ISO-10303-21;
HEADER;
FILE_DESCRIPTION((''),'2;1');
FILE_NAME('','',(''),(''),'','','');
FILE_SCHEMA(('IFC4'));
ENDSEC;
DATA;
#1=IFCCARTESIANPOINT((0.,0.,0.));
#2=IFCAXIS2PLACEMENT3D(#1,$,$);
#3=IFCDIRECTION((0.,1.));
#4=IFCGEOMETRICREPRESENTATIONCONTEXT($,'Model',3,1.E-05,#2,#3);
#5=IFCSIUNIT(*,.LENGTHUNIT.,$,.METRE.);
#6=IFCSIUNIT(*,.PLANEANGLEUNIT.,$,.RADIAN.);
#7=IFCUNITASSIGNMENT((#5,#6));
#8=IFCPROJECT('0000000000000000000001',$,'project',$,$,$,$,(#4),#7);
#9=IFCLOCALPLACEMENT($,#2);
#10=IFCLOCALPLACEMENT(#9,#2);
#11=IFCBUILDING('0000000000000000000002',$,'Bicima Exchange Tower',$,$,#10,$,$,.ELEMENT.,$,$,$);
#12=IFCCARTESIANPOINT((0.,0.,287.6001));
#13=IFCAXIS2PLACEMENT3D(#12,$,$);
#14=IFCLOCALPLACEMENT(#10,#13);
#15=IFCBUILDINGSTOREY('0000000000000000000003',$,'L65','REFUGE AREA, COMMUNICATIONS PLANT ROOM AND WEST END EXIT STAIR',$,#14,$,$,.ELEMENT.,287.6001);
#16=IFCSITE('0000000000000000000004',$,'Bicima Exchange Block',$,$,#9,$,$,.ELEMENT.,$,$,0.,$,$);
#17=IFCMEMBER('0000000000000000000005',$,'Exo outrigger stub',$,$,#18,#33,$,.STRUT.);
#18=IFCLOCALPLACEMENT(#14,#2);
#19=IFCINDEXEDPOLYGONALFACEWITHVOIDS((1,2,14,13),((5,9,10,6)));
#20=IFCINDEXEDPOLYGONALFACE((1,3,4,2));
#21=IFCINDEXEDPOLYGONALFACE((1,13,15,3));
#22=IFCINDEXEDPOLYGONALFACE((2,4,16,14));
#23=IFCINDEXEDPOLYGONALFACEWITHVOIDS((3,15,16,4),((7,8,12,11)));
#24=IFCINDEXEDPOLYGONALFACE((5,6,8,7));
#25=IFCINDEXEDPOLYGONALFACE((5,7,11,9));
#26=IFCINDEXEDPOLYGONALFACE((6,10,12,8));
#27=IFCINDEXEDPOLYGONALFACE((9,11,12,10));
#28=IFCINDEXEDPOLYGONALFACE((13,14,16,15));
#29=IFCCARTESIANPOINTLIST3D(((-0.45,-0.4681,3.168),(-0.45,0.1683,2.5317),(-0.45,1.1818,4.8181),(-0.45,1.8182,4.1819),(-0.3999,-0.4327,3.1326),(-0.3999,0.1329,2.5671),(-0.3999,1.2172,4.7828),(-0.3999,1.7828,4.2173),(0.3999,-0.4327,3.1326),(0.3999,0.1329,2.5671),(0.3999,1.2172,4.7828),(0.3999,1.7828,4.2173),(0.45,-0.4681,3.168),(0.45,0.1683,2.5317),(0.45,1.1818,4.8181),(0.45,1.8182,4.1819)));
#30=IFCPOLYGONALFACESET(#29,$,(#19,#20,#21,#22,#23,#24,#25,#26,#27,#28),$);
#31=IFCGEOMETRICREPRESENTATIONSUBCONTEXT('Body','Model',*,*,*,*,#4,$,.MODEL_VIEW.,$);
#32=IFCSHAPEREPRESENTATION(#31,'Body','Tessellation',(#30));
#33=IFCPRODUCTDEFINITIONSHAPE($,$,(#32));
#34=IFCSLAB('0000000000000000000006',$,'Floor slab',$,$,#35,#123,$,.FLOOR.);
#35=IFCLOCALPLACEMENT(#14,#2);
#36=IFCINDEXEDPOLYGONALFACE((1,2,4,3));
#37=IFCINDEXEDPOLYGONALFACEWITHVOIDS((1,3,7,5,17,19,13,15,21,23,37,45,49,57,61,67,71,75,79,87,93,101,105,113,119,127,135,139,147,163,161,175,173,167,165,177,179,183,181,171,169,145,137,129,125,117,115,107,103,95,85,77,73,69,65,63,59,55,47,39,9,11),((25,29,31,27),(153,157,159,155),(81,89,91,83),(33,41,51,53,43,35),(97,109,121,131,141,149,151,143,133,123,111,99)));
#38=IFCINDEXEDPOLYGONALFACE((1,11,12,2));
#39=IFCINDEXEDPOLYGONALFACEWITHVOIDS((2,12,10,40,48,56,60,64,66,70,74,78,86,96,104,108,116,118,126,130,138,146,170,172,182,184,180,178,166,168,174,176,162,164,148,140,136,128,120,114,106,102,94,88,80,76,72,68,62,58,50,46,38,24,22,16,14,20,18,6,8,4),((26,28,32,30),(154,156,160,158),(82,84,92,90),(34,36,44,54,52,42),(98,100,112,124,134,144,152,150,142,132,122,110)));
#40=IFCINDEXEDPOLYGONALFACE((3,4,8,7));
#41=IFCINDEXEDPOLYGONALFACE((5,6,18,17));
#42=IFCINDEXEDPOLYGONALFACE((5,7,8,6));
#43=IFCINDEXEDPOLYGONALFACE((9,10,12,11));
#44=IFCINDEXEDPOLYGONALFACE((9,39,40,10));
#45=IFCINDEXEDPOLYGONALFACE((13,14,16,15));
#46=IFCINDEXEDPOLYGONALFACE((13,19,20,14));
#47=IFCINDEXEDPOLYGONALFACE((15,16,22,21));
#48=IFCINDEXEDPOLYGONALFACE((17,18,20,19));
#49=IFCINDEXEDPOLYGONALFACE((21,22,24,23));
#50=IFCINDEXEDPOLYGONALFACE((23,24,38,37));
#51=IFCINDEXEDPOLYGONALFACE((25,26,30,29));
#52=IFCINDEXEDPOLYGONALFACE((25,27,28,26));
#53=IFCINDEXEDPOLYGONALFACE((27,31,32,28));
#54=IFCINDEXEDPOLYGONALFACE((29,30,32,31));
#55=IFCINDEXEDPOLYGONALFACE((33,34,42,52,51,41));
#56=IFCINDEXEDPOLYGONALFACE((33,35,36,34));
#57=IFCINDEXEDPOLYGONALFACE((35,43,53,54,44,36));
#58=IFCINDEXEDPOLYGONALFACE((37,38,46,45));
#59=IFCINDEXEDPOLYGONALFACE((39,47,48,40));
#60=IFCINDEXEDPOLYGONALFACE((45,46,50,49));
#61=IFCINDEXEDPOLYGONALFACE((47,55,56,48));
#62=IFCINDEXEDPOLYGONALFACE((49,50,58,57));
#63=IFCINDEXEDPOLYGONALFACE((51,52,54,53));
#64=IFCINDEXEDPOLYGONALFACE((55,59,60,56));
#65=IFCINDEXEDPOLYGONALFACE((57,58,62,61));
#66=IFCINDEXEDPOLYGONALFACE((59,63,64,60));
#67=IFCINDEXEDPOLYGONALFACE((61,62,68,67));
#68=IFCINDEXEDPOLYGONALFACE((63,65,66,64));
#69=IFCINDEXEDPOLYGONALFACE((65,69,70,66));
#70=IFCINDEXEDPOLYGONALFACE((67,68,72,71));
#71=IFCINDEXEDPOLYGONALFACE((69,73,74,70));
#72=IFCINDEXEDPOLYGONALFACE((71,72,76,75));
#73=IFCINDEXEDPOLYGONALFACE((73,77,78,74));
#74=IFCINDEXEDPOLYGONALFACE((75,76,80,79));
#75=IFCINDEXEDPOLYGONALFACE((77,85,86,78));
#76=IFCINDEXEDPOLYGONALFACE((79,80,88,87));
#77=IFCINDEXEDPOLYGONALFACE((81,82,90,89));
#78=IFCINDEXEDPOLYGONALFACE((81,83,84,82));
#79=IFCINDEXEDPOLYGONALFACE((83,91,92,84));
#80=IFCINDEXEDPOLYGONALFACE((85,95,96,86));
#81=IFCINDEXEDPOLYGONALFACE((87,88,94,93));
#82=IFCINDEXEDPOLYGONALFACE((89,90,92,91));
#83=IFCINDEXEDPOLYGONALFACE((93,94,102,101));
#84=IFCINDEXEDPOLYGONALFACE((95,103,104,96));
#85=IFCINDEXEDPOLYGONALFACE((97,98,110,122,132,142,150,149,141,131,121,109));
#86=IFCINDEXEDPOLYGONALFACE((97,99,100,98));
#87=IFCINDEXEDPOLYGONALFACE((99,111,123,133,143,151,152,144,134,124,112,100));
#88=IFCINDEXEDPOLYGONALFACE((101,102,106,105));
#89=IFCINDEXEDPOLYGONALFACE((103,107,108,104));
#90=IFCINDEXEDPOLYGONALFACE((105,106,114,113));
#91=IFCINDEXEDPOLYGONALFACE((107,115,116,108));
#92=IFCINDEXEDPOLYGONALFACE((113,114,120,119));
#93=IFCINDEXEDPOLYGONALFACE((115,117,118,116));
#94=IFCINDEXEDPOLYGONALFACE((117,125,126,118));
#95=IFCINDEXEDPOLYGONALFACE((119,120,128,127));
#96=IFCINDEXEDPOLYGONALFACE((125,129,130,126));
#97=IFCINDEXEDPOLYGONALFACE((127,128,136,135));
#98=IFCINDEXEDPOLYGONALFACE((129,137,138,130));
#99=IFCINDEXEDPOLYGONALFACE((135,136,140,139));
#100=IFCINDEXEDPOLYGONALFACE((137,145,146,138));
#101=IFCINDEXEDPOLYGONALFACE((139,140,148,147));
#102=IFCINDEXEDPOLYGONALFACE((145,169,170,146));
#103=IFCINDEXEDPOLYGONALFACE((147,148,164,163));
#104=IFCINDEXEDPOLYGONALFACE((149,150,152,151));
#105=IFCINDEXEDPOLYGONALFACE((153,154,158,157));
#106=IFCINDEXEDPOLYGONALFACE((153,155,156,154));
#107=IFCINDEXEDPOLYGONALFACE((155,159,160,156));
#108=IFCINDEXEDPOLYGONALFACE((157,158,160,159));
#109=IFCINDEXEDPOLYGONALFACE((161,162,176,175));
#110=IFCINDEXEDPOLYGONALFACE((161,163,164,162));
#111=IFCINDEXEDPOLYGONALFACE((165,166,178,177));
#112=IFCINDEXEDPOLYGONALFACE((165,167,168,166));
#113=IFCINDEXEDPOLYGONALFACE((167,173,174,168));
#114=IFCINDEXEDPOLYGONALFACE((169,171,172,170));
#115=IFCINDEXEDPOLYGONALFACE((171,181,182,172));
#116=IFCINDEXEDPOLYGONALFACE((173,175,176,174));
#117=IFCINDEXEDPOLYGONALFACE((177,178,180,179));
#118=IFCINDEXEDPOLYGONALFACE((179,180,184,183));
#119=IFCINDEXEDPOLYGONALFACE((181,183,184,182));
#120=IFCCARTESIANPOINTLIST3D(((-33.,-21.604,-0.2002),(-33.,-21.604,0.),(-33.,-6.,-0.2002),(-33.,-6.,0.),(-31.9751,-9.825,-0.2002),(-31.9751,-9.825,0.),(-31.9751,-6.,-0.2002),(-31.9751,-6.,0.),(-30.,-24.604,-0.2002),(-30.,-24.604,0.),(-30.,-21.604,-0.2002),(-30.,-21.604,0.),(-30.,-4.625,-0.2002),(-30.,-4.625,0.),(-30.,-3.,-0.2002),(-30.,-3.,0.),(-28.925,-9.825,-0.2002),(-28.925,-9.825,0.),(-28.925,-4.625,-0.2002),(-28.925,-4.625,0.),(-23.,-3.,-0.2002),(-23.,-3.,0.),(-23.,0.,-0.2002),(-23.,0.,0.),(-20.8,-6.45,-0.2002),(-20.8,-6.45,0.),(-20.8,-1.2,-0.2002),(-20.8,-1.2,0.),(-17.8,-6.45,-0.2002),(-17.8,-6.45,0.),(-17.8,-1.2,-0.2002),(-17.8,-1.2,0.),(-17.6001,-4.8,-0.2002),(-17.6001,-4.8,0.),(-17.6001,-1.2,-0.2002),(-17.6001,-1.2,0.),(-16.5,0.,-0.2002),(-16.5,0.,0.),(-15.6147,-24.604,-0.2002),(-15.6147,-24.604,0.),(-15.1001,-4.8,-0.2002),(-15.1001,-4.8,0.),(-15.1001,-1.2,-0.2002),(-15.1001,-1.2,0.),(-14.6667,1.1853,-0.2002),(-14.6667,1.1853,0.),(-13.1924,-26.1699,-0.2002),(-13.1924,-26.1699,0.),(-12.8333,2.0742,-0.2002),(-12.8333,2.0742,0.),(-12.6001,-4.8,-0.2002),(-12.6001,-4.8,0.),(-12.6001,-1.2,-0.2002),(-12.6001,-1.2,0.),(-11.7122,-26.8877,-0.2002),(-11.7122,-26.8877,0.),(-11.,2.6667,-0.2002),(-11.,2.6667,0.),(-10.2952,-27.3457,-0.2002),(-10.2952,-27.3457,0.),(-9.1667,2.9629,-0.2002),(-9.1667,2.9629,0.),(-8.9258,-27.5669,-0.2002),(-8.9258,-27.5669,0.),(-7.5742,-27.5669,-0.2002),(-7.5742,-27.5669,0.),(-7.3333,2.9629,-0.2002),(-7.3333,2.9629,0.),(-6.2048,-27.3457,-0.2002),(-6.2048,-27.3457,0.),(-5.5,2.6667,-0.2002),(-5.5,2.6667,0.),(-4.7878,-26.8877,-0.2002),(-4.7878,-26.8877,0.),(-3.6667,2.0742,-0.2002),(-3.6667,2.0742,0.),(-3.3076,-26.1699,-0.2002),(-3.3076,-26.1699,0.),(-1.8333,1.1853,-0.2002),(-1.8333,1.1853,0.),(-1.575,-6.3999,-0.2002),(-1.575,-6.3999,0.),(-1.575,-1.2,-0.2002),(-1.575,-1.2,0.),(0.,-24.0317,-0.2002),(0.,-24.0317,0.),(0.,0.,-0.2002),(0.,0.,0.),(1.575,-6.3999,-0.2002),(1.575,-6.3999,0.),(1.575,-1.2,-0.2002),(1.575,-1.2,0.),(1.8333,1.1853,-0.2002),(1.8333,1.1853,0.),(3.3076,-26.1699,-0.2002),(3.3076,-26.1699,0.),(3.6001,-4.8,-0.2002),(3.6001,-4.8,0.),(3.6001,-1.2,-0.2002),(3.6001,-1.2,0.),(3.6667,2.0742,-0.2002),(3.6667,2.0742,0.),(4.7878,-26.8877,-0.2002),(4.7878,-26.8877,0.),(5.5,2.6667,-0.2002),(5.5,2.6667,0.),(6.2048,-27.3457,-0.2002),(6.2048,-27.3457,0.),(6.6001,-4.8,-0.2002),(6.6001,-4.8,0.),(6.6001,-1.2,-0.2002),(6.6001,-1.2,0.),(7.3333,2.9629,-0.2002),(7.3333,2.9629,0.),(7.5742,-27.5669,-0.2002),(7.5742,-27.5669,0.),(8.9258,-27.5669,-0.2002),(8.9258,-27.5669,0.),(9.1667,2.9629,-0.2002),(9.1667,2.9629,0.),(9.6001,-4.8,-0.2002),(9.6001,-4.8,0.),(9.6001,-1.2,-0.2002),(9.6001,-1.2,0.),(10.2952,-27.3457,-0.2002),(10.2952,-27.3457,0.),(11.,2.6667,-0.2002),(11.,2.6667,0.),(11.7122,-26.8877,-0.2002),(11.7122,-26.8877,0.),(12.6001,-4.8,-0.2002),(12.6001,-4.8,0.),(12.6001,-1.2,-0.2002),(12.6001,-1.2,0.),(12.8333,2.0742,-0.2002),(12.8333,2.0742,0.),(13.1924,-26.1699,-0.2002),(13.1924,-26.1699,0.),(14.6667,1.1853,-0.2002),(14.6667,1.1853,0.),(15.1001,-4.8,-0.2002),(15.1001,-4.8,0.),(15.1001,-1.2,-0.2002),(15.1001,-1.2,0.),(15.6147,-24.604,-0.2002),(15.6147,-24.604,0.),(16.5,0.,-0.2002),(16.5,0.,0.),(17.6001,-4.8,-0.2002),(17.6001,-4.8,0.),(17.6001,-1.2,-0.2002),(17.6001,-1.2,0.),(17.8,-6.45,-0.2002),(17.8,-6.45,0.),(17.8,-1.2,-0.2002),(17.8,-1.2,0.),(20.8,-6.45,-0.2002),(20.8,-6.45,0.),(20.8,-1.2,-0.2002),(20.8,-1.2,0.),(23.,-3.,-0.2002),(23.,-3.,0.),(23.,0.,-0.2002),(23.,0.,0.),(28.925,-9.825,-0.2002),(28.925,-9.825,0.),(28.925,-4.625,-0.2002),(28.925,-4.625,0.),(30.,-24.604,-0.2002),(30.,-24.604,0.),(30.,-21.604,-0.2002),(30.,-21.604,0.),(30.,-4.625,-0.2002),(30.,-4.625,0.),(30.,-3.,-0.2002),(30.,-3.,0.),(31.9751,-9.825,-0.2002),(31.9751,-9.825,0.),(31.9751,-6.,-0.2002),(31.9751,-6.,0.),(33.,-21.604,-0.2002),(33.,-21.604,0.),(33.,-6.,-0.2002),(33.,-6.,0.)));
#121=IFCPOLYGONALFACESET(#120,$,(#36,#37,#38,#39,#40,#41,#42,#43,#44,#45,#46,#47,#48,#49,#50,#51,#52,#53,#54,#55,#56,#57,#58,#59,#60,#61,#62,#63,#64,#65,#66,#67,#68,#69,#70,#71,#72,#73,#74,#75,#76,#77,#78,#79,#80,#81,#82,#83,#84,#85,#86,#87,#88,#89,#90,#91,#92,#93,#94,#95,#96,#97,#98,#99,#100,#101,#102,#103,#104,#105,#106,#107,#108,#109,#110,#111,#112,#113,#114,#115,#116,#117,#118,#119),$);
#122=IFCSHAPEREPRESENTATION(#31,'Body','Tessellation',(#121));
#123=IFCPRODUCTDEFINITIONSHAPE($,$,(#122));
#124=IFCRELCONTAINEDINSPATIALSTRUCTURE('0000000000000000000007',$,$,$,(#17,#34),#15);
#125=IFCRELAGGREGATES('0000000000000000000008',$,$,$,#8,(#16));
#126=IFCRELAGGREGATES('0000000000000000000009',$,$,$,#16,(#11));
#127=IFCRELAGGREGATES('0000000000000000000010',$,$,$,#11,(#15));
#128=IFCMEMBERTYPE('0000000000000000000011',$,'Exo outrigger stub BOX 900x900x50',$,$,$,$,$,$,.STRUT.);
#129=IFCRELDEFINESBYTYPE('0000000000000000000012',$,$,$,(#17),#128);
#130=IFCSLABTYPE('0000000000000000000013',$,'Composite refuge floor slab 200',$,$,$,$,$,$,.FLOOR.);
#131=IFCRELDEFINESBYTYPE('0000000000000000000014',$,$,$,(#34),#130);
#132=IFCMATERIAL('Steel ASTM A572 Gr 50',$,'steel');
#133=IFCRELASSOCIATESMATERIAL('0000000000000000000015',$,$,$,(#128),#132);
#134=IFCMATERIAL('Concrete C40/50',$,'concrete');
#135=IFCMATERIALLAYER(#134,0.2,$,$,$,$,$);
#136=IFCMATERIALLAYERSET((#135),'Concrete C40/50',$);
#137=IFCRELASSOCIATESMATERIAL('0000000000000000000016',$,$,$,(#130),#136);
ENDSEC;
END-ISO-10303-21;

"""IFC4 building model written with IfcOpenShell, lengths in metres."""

from ifc_helpers import new_model, si_unit, direction, frame, origin, origin_2d, place, context, subcontext, project, spatial, polyline, hollow_rectangle, outline, extrude, material, layer, layer_set, material_profile, profile_set, type_object, element, save


model = new_model("IFC4")

# Units and contexts
model_context = context("Model", 3, precision=1e-05, world=origin(), true_north=direction((0.0, 1.0)))
body_context = subcontext(model_context, "Body", "Model", "MODEL_VIEW")
ifc_project = project(units=[si_unit("LENGTHUNIT", "METRE"), si_unit("PLANEANGLEUNIT", "RADIAN")], contexts=[model_context])

# Site, building, storey
site_placement = place(None, origin())
site = spatial("IfcSite", under=ifc_project, at=site_placement, Name="Bicima Exchange Block", CompositionType="ELEMENT", RefElevation=0.0)
building_placement = place(site_placement, origin())
building = spatial("IfcBuilding", under=site, at=building_placement, Name="Bicima Exchange Tower", CompositionType="ELEMENT")
storey_placement = place(building_placement, frame((0.0, 0.0, 287.6001)))
storey = spatial("IfcBuildingStorey", under=building, at=storey_placement, Name="L65", Description="REFUGE AREA, COMMUNICATIONS PLANT ROOM AND WEST END EXIT STAIR", CompositionType="ELEMENT", Elevation=287.6001)

# Member
ifc_material_1 = material(Name="Steel ASTM A572 Gr 50", Category="steel")
ifc_material_profile = material_profile(ifc_material_1, hollow_rectangle(XDim=0.8999, YDim=0.8999, WallThickness=0.05, at=origin_2d()))
ifc_profile_set = profile_set([ifc_material_profile], Name="Steel ASTM A572 Gr 50")
member_type = type_object("IfcMemberType", Name="Exo outrigger stub BOX 900x900x50", PredefinedType="STRUT", material=ifc_profile_set)
member_placement = place(storey_placement, frame((0.0, -0.1499, 2.8499), z_axis=(0.0, 0.707054, 0.707159), x_axis=(-1.0, 0.0, 0.0)))
element("IfcMember", 1, at=member_placement, inside=storey, type_object=member_type, Name="Exo outrigger stub", PredefinedType="STRUT", context=body_context, shape_type="SweptSolid", body=[
    extrude(hollow_rectangle(XDim=0.8999, YDim=0.8999, WallThickness=0.05, at=origin_2d()), origin(), (0.0, 0.0, 1.0), 2.3335),
])

# Slab
ifc_material_2 = material(Name="Concrete C40/50", Category="concrete")
ifc_layer_1 = layer(ifc_material_2, 0.2)
ifc_layer_set_1 = layer_set([ifc_layer_1], Name="Concrete C40/50")
slab_type_1 = type_object("IfcSlabType", Name="Composite refuge floor slab 200", PredefinedType="FLOOR", material=ifc_layer_set_1)
slab_1_placement = place(storey_placement, frame((0.0, 0.0, -0.2002)))
element("IfcSlab", 2, at=slab_1_placement, inside=storey, type_object=slab_type_1, Name="Floor slab", PredefinedType="FLOOR", context=body_context, shape_type="SweptSolid", body=[
    extrude(outline(polyline([(33.0, -6.0), (33.0, -21.604), (30.0, -21.604), (30.0, -24.604), (15.6147, -24.604), (13.1924, -26.1699), (11.7122, -26.8877), (10.2952, -27.3457), (8.9258, -27.5669), (7.5742, -27.5669), (6.2048, -27.3457), (4.7878, -26.8877), (3.3076, -26.1699), (0.0, -24.0317), (-3.3076, -26.1699), (-4.7878, -26.8877), (-6.2048, -27.3457), (-7.5742, -27.5669), (-8.9258, -27.5669), (-10.2952, -27.3457), (-11.7122, -26.8877), (-13.1924, -26.1699), (-15.6147, -24.604), (-30.0, -24.604), (-30.0, -21.604), (-33.0, -21.604), (-33.0, -6.0), (-31.9751, -6.0), (-31.9751, -9.825), (-28.925, -9.825), (-28.925, -4.625), (-30.0, -4.625), (-30.0, -3.0), (-23.0, -3.0), (-23.0, 0.0), (-16.5, 0.0), (-14.6667, 1.1853), (-12.8333, 2.0742), (-11.0, 2.6667), (-9.1667, 2.9629), (-7.3333, 2.9629), (-5.5, 2.6667), (-3.6667, 2.0742), (-1.8333, 1.1853), (0.0, 0.0), (1.8333, 1.1853), (3.6667, 2.0742), (5.5, 2.6667), (7.3333, 2.9629), (9.1667, 2.9629), (11.0, 2.6667), (12.8333, 2.0742), (14.6667, 1.1853), (16.5, 0.0), (23.0, 0.0), (23.0, -3.0), (30.0, -3.0), (30.0, -4.625), (28.925, -4.625), (28.925, -9.825), (31.9751, -9.825), (31.9751, -6.0), (33.0, -6.0)]), holes=[polyline([(-20.8, -6.45), (-17.8, -6.45), (-17.8, -1.2), (-20.8, -1.2), (-20.8, -6.45)]), polyline([(-1.575, -6.3999), (1.575, -6.3999), (1.575, -1.2), (-1.575, -1.2), (-1.575, -6.3999)]), polyline([(-12.6001, -1.2), (-15.1001, -1.2), (-17.6001, -1.2), (-17.6001, -4.8), (-15.1001, -4.8), (-12.6001, -4.8), (-12.6001, -1.2)]), polyline([(3.6001, -4.8), (6.6001, -4.8), (9.6001, -4.8), (12.6001, -4.8), (15.1001, -4.8), (17.6001, -4.8), (17.6001, -1.2), (15.1001, -1.2), (12.6001, -1.2), (9.6001, -1.2), (6.6001, -1.2), (3.6001, -1.2), (3.6001, -4.8)]), polyline([(17.8, -6.45), (20.8, -6.45), (20.8, -1.2), (17.8, -1.2), (17.8, -6.45)])]), origin(), (0.0, 0.0, 1.0), 0.2002),
])

save(model, "model.ifc")
